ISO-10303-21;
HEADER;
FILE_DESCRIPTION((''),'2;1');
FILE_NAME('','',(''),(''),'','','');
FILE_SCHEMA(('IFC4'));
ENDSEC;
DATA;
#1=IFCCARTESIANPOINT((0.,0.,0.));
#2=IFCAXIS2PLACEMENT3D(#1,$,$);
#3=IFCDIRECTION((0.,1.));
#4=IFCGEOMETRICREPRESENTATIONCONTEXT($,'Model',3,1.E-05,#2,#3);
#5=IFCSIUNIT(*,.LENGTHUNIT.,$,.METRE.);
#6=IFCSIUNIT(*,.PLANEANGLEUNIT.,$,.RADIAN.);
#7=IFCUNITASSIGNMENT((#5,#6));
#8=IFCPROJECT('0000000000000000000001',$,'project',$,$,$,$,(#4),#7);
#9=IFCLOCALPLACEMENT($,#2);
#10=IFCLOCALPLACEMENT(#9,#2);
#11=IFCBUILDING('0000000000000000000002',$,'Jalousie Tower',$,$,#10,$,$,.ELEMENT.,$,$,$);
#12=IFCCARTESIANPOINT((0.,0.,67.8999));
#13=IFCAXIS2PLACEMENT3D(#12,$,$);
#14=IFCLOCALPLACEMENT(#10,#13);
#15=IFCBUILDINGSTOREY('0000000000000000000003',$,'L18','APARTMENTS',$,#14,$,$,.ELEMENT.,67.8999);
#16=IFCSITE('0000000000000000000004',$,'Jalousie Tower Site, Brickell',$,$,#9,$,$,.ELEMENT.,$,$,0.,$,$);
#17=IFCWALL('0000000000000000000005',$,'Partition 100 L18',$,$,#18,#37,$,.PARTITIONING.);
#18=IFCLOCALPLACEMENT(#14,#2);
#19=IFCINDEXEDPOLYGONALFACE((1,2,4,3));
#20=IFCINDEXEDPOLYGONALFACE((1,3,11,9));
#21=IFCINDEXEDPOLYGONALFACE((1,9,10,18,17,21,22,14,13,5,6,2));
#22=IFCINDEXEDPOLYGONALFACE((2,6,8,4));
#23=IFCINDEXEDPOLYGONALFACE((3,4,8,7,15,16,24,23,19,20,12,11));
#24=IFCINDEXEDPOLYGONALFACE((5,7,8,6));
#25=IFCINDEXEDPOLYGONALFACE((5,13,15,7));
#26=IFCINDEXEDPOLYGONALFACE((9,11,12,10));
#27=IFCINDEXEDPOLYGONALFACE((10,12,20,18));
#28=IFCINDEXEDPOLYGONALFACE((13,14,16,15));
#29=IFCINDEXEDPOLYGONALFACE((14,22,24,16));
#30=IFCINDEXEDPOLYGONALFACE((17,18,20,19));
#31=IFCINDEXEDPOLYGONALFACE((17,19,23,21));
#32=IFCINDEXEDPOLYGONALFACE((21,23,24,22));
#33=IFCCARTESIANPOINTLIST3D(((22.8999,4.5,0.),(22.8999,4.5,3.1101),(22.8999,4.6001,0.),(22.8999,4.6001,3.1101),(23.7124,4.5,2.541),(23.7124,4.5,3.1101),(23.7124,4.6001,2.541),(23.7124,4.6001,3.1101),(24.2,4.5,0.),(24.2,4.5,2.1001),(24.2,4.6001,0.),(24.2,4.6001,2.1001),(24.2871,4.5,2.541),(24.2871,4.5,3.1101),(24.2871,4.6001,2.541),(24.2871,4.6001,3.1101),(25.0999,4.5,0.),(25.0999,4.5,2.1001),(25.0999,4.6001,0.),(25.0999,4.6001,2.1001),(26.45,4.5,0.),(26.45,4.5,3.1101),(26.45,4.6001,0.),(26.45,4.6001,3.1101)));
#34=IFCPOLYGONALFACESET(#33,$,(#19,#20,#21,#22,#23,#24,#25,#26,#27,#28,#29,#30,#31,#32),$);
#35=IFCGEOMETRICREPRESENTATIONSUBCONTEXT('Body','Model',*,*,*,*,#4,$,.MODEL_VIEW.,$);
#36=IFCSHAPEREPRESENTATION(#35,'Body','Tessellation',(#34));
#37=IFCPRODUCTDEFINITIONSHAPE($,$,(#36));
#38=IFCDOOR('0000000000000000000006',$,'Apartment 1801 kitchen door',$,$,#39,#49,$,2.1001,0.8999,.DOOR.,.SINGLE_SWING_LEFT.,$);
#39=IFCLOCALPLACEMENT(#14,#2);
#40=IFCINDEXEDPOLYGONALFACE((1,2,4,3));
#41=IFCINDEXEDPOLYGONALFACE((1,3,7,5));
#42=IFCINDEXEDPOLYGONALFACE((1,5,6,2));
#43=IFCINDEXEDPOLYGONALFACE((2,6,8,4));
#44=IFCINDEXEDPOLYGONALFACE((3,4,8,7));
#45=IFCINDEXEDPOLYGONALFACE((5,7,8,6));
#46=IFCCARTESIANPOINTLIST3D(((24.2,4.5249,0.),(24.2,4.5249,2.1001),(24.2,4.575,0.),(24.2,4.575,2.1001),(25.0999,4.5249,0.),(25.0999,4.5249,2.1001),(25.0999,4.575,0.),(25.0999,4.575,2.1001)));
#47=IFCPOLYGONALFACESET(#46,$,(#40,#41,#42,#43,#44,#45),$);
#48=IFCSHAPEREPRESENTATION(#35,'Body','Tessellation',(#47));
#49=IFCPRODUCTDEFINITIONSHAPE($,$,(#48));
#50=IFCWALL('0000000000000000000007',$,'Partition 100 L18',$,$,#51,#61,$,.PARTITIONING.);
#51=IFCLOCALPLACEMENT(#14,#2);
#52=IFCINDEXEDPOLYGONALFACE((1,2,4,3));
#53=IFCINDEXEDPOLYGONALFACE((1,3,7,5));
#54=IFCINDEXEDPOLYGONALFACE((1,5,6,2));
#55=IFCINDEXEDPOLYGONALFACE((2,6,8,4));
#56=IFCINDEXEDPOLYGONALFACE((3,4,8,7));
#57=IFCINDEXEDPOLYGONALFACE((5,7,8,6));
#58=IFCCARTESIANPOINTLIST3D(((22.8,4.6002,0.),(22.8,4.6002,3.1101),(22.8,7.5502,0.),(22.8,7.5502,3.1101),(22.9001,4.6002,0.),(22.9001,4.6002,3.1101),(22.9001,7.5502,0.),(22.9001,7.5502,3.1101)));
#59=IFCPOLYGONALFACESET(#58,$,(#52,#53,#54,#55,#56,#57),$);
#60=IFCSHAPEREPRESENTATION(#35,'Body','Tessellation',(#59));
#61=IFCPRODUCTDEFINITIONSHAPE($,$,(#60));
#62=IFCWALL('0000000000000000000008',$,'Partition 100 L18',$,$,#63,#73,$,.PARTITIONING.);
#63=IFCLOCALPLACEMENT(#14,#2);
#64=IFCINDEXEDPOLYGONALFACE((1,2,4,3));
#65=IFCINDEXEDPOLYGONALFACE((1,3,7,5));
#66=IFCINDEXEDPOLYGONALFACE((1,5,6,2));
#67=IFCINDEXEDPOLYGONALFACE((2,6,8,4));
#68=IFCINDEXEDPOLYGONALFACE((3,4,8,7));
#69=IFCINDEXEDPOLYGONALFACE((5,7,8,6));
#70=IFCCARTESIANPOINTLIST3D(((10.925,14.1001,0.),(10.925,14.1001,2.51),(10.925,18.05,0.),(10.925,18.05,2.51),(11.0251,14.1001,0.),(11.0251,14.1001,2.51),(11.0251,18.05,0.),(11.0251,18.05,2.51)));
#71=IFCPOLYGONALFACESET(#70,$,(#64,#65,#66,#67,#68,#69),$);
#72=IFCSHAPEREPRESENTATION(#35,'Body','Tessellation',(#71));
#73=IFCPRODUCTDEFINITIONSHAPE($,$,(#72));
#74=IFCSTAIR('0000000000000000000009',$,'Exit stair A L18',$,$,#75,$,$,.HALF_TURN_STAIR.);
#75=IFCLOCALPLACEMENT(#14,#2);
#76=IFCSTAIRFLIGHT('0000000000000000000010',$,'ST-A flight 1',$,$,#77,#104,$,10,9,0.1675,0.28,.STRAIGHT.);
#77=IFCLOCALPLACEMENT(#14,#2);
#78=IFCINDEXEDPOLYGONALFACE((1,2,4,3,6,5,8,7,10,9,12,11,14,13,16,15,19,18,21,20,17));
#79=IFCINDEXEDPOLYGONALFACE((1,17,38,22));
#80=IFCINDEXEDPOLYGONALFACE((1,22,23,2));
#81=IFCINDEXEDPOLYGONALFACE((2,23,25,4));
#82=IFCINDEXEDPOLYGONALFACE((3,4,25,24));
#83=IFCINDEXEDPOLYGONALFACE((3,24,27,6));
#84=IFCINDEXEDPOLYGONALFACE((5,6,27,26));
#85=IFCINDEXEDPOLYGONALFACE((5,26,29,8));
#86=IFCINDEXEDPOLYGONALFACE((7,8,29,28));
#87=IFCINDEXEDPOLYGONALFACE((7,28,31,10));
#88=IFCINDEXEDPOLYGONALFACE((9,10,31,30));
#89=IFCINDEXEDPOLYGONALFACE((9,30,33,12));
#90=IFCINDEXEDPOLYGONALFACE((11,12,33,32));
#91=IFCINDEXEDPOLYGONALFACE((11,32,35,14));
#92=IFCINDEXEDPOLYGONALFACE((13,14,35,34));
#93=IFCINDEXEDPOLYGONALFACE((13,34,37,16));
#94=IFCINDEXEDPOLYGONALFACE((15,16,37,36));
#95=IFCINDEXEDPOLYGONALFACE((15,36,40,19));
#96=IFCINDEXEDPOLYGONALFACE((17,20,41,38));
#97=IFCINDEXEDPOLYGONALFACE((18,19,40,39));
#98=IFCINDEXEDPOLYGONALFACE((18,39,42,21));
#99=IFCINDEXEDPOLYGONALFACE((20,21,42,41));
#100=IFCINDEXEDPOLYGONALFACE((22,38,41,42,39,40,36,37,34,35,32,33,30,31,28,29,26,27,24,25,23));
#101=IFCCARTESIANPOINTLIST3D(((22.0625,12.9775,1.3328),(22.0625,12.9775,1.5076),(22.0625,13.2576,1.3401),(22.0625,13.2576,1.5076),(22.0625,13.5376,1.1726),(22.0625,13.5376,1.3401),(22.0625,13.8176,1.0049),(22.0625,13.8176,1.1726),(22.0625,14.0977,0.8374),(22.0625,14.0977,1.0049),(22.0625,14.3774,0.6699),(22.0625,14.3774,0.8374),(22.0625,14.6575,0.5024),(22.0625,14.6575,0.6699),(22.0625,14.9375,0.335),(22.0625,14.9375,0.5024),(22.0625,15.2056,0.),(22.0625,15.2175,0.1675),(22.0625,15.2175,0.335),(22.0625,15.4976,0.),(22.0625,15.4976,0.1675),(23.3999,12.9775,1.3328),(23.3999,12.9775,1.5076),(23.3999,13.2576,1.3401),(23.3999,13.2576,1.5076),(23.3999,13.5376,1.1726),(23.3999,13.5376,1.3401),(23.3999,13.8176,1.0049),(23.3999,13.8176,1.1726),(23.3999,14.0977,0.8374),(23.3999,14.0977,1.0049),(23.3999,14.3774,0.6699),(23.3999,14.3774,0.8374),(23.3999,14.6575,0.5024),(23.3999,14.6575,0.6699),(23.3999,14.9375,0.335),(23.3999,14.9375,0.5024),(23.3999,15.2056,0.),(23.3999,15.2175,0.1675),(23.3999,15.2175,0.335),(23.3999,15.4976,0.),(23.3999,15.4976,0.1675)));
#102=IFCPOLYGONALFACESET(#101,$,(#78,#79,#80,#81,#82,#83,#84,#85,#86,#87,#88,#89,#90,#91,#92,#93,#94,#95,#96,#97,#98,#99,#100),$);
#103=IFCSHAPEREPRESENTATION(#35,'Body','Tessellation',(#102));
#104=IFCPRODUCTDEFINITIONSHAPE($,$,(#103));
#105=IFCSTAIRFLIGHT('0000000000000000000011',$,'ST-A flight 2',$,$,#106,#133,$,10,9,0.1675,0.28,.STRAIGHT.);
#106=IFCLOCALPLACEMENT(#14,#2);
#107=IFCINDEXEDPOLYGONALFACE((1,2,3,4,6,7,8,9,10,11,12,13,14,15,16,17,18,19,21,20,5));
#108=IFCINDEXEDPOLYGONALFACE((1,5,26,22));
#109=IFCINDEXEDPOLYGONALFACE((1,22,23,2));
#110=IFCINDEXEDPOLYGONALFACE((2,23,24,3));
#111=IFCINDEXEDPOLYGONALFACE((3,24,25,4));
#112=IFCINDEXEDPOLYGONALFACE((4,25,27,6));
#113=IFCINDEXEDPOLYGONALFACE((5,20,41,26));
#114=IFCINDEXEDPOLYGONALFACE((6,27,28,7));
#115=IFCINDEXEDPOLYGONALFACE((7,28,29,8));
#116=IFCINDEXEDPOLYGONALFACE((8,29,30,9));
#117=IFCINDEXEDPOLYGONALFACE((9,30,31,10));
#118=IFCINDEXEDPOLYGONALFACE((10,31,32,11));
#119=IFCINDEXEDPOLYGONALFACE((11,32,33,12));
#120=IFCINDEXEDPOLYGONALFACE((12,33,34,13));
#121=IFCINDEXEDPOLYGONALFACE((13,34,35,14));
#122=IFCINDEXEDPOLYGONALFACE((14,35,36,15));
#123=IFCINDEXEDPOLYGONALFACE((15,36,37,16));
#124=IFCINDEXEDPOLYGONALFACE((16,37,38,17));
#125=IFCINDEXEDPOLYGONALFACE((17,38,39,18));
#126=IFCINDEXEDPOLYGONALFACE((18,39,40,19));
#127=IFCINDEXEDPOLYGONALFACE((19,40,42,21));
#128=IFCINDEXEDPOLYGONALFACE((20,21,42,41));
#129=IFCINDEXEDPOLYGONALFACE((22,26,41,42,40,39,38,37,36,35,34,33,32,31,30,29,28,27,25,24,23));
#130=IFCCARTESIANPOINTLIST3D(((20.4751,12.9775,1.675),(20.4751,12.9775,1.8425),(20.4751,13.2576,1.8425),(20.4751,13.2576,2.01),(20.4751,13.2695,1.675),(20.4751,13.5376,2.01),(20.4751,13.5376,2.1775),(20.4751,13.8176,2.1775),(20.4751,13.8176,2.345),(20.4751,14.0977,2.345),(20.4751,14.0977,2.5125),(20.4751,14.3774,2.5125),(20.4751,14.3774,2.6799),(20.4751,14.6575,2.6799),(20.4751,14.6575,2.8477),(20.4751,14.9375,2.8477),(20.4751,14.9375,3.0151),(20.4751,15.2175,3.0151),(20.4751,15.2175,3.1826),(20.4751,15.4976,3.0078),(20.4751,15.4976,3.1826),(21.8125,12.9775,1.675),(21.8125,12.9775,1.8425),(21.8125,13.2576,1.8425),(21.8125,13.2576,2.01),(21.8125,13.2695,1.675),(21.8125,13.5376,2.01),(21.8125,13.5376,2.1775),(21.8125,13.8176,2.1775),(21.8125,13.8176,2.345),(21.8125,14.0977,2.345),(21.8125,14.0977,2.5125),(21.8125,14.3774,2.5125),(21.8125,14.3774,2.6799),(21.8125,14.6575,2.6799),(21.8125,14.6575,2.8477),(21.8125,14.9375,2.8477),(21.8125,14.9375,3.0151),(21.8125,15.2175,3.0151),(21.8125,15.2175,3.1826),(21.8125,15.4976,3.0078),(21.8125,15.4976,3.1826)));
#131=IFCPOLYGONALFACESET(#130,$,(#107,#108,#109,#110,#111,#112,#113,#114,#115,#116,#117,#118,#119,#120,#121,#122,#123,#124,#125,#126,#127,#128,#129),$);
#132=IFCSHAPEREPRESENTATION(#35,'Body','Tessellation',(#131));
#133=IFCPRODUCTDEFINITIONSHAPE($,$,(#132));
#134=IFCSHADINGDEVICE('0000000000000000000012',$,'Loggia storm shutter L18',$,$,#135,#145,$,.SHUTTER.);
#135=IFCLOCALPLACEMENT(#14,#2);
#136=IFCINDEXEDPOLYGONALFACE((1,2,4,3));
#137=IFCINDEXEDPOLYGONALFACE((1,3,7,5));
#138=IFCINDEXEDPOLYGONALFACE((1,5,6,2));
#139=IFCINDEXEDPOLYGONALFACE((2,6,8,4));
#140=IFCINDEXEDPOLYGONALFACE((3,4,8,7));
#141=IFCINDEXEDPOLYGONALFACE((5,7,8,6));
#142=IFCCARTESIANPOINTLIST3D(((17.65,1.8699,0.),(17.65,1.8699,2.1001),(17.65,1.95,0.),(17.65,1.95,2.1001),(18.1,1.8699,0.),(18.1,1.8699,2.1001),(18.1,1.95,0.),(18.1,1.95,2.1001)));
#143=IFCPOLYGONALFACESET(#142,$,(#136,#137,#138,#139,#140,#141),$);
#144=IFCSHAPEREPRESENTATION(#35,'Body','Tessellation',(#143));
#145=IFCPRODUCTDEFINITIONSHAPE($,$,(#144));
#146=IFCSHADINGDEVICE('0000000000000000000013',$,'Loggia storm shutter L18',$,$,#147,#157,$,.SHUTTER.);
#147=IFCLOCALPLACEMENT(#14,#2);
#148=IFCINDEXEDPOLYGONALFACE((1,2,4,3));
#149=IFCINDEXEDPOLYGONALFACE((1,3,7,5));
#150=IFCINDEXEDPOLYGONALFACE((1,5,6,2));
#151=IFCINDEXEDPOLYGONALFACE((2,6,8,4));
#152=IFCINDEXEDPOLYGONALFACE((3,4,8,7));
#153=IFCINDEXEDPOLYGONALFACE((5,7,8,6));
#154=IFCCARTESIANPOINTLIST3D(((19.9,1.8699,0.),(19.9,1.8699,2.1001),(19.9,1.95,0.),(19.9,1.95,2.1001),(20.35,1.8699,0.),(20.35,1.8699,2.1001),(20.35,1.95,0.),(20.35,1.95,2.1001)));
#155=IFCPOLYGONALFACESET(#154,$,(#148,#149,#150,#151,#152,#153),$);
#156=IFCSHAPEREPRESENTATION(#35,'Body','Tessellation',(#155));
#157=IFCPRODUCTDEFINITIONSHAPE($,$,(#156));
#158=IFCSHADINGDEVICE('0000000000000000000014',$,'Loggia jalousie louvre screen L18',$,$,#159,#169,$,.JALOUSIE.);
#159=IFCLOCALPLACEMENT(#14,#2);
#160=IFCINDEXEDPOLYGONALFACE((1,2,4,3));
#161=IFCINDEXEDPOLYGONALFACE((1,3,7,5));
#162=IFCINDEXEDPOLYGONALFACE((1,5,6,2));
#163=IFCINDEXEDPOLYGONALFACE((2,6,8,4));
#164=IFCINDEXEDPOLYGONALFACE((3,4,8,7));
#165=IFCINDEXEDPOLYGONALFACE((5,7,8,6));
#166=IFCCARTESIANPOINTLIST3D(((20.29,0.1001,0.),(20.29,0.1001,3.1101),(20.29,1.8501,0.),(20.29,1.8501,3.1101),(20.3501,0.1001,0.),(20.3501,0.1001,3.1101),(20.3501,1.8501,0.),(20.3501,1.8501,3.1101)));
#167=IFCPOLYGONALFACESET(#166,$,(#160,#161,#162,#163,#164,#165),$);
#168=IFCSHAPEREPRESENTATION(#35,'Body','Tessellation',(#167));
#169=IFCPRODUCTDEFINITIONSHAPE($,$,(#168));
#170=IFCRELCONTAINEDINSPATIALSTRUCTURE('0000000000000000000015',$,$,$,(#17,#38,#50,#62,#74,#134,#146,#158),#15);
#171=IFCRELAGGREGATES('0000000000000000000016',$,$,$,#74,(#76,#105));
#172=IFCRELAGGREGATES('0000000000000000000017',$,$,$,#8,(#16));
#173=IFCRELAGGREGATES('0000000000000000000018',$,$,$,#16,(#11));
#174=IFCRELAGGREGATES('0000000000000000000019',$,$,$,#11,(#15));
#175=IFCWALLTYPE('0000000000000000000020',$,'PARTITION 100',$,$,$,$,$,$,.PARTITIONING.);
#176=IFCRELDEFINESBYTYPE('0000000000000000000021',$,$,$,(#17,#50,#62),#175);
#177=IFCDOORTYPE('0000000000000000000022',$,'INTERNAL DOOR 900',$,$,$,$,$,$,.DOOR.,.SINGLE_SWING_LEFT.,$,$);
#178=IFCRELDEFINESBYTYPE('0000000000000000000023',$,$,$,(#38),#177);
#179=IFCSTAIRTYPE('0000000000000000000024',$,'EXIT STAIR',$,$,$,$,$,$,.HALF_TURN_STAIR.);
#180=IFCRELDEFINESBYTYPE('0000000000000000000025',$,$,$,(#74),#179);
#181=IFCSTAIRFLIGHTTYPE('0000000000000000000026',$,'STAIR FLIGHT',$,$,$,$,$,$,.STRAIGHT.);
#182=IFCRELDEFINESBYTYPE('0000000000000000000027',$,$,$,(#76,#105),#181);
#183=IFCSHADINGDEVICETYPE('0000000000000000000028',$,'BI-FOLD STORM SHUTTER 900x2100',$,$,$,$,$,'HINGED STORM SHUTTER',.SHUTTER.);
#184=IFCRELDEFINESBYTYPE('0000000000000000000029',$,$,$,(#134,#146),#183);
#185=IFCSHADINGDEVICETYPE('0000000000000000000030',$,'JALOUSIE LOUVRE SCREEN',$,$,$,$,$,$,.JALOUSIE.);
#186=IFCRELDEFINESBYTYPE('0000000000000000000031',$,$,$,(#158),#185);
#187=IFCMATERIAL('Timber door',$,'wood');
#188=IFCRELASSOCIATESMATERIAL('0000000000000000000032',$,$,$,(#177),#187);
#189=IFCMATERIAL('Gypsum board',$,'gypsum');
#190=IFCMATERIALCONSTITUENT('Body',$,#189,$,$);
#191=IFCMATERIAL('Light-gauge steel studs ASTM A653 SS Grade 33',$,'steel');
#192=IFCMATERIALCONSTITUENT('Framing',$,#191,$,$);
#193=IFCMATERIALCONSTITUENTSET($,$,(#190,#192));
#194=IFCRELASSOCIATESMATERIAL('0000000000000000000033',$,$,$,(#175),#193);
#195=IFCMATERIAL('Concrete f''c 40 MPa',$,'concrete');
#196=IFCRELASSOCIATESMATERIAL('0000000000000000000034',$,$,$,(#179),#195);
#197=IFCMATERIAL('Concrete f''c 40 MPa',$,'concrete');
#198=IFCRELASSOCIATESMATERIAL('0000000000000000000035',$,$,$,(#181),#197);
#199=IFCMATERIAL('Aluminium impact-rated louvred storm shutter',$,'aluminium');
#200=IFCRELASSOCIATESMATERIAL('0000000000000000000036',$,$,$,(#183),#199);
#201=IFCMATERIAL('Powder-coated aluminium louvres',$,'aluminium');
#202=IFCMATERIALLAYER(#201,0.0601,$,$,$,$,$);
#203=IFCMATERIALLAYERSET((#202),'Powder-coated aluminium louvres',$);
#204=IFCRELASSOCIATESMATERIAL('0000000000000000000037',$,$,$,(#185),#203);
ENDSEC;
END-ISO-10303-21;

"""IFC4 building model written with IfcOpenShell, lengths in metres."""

from ifc_helpers import new_model, si_unit, direction, frame, frame_2d, origin, origin_2d, place, context, subcontext, project, spatial, polyline, rectangle, outline, extrude, material, layer, layer_set, constituent, constituent_set, type_object, element, fill, aggregate, save


model = new_model("IFC4")

# Units and contexts
model_context = context("Model", 3, precision=1e-05, world=origin(), true_north=direction((0.0, 1.0)))
body_context = subcontext(model_context, "Body", "Model", "MODEL_VIEW")
ifc_project = project(units=[si_unit("LENGTHUNIT", "METRE"), si_unit("PLANEANGLEUNIT", "RADIAN")], contexts=[model_context])

# Site, building, storey
site_placement = place(None, origin())
site = spatial("IfcSite", under=ifc_project, at=site_placement, Name="Jalousie Tower Site, Brickell", CompositionType="ELEMENT", RefElevation=0.0)
building_placement = place(site_placement, origin())
building = spatial("IfcBuilding", under=site, at=building_placement, Name="Jalousie Tower", CompositionType="ELEMENT")
storey_placement = place(building_placement, frame((0.0, 0.0, 67.8999)))
storey = spatial("IfcBuildingStorey", under=building, at=storey_placement, Name="L18", Description="APARTMENTS", CompositionType="ELEMENT", Elevation=67.8999)

# Shared definitions
ifc_material_1 = material(Name="Timber door", Category="wood")
door_type_1 = type_object("IfcDoorType", Name="INTERNAL DOOR 900", OperationType="SINGLE_SWING_LEFT", PredefinedType="DOOR", material=ifc_material_1)

# Wall, opening, door
ifc_material_2 = material(Name="Gypsum board", Category="gypsum")
ifc_constituent_1 = constituent(ifc_material_2, Name="Body")
ifc_material_3 = material(Name="Light-gauge steel studs ASTM A653 SS Grade 33", Category="steel")
ifc_constituent_2 = constituent(ifc_material_3, Name="Framing")
ifc_constituent_set_1 = constituent_set(constituents=[ifc_constituent_1, ifc_constituent_2])
wall_type_1 = type_object("IfcWallType", Name="PARTITION 100", PredefinedType="PARTITIONING", material=ifc_constituent_set_1)
wall_1_placement = place(storey_placement, frame((22.8999, 4.55, 0.0), z_axis=(0.0, 0.0, 1.0), x_axis=(1.0, 0.0, 0.0)))
wall_1 = element("IfcWall", 1, at=wall_1_placement, inside=storey, type_object=wall_type_1, Name="Partition 100 L18", PredefinedType="PARTITIONING", context=body_context, shape_type="SweptSolid", body=[
    extrude(outline(polyline([(0.0, 0.0), (3.55, 0.0), (3.55, 3.1101), (1.3872, 3.1101), (1.3872, 2.541), (0.8125, 2.541), (0.8125, 3.1101), (0.0, 3.1101), (0.0, 0.0)])), frame((0.0, 0.05, 0.0), z_axis=(0.0, -1.0, 0.0), x_axis=(1.0, 0.0, 0.0)), (0.0, 0.0, 1.0), 0.1001),
])
opening_1_placement = place(wall_1_placement, frame((1.3, 0.0, 0.0)))
opening_1 = element("IfcOpeningElement", 2, at=opening_1_placement, cuts=wall_1, PredefinedType="OPENING", context=body_context, shape_type="SweptSolid", body=[
    extrude(rectangle(XDim=0.8999, YDim=2.1001, at=frame_2d((0.45, 1.05))), frame((0.0, 0.0601, 0.0), z_axis=(0.0, -1.0, 0.0), x_axis=(1.0, 0.0, 0.0)), (0.0, 0.0, 1.0), 0.1201),
])
door_1_placement = place(opening_1_placement, origin())
door_1 = element("IfcDoor", 3, at=door_1_placement, inside=storey, type_object=door_type_1, Name="Apartment 1801 kitchen door", OperationType="SINGLE_SWING_LEFT", OverallHeight=2.1001, OverallWidth=0.8999, PredefinedType="DOOR", context=body_context, shape_type="SweptSolid", body=[
    extrude(rectangle(XDim=0.8999, YDim=2.1001, at=frame_2d((0.45, 1.05))), frame((0.0, 0.0249, 0.0), z_axis=(0.0, -1.0, 0.0), x_axis=(1.0, 0.0, 0.0)), (0.0, 0.0, 1.0), 0.05),
])
fill(opening_1, door_1)

# Walls
wall_2_placement = place(storey_placement, frame((22.8501, 4.6001, 0.0), z_axis=(0.0, 0.0, 1.0), x_axis=(0.0, 1.0, 0.0)))
element("IfcWall", 4, at=wall_2_placement, inside=storey, type_object=wall_type_1, Name="Partition 100 L18", PredefinedType="PARTITIONING", context=body_context, shape_type="SweptSolid", body=[
    extrude(rectangle(XDim=2.95, YDim=0.1001, at=frame_2d((1.4751, 0.0))), origin(), (0.0, 0.0, 1.0), 3.1101),
])
wall_3_placement = place(storey_placement, frame((10.9751, 14.1001, 0.0), z_axis=(0.0, 0.0, 1.0), x_axis=(0.0, 1.0, 0.0)))
element("IfcWall", 5, at=wall_3_placement, inside=storey, type_object=wall_type_1, Name="Partition 100 L18", PredefinedType="PARTITIONING", context=body_context, shape_type="SweptSolid", body=[
    extrude(outline(polyline([(0.0, 0.0), (3.95, 0.0), (3.95, 3.1101), (3.95, 2.51), (0.0, 2.51), (0.0, 3.1101), (0.0, 0.0)])), frame((0.0, 0.05, 0.0), z_axis=(0.0, -1.0, 0.0), x_axis=(1.0, 0.0, 0.0)), (0.0, 0.0, 1.0), 0.1001),
])

# Stair, stair flights
ifc_material_4 = material(Name="Concrete f'c 40 MPa", Category="concrete")
stair_type = type_object("IfcStairType", Name="EXIT STAIR", PredefinedType="HALF_TURN_STAIR", material=ifc_material_4)
stair_placement = place(storey_placement, origin())
stair = element("IfcStair", 6, at=stair_placement, inside=storey, type_object=stair_type, Name="Exit stair A L18", PredefinedType="HALF_TURN_STAIR")
ifc_material_5 = material(Name="Concrete f'c 40 MPa", Category="concrete")
stair_flight_type = type_object("IfcStairFlightType", Name="STAIR FLIGHT", PredefinedType="STRAIGHT", material=ifc_material_5)
stair_flight_1_placement = place(storey_placement, frame((22.7312, 15.4976, 0.0), z_axis=(0.0, 0.0, 1.0), x_axis=(0.0, -1.0, 0.0)))
stair_flight_1 = element("IfcStairFlight", 7, at=stair_flight_1_placement, type_object=stair_flight_type, Name="ST-A flight 1", NumberOfRisers=10, NumberOfTreads=9, PredefinedType="STRAIGHT", RiserHeight=0.1675, TreadLength=0.28, context=body_context, shape_type="SweptSolid", body=[
    extrude(outline(polyline([(0.0, 0.0), (0.0, 0.1675), (0.28, 0.1675), (0.28, 0.335), (0.5601, 0.335), (0.5601, 0.5024), (0.8401, 0.5024), (0.8401, 0.6699), (1.1201, 0.6699), (1.1201, 0.8374), (1.3999, 0.8374), (1.3999, 1.0049), (1.6799, 1.0049), (1.6799, 1.1726), (1.96, 1.1726), (1.96, 1.3401), (2.24, 1.3401), (2.24, 1.5076), (2.52, 1.5076), (2.52, 1.675), (2.52, 1.3328), (0.292, 0.0), (0.0, 0.0)])), frame((0.0, 0.6687, 0.0), z_axis=(0.0, -1.0, 0.0), x_axis=(1.0, 0.0, 0.0)), (0.0, 0.0, 1.0), 1.3374),
])
stair_flight_2_placement = place(storey_placement, frame((21.1438, 12.9775, 1.675), z_axis=(0.0, 0.0, 1.0), x_axis=(0.0, 1.0, 0.0)))
stair_flight_2 = element("IfcStairFlight", 8, at=stair_flight_2_placement, type_object=stair_flight_type, Name="ST-A flight 2", NumberOfRisers=10, NumberOfTreads=9, PredefinedType="STRAIGHT", RiserHeight=0.1675, TreadLength=0.28, context=body_context, shape_type="SweptSolid", body=[
    extrude(outline(polyline([(0.0, 0.0), (0.0, 0.1675), (0.28, 0.1675), (0.28, 0.335), (0.5601, 0.335), (0.5601, 0.5024), (0.8401, 0.5024), (0.8401, 0.6699), (1.1201, 0.6699), (1.1201, 0.8374), (1.3999, 0.8374), (1.3999, 1.0049), (1.6799, 1.0049), (1.6799, 1.1726), (1.96, 1.1726), (1.96, 1.3401), (2.24, 1.3401), (2.24, 1.5076), (2.52, 1.5076), (2.52, 1.675), (2.52, 1.3328), (0.292, 0.0), (0.0, 0.0)])), frame((0.0, 0.6687, 0.0), z_axis=(0.0, -1.0, 0.0), x_axis=(1.0, 0.0, 0.0)), (0.0, 0.0, 1.0), 1.3374),
])
aggregate(stair, [stair_flight_1, stair_flight_2])

# Shading devices
ifc_material_6 = material(Name="Aluminium impact-rated louvred storm shutter", Category="aluminium")
shading_device_type_1 = type_object("IfcShadingDeviceType", Name="BI-FOLD STORM SHUTTER 900x2100", ElementType="HINGED STORM SHUTTER", PredefinedType="SHUTTER", material=ifc_material_6)
for number, where, z_axis, x_axis, name in (
    (9, (17.875, 1.9099, 0.0), (0.0, 0.0, 1.0), (1.0, 0.0, 0.0), "Loggia storm shutter L18"),
    (10, (20.125, 1.9099, 0.0), (0.0, 0.0, 1.0), (1.0, 0.0, 0.0), "Loggia storm shutter L18"),
):
    element("IfcShadingDevice", number, at=place(storey_placement, frame(where, z_axis=z_axis, x_axis=x_axis)), inside=storey, type_object=shading_device_type_1, Name=name, PredefinedType="SHUTTER", context=body_context, shape_type="SweptSolid", body=[
        extrude(rectangle(XDim=0.45, YDim=0.0801, at=origin_2d()), origin(), (0.0, 0.0, 1.0), 2.1001),
    ])
ifc_material_7 = material(Name="Powder-coated aluminium louvres", Category="aluminium")
ifc_layer_1 = layer(ifc_material_7, 0.0601)
ifc_layer_set_1 = layer_set([ifc_layer_1], Name="Powder-coated aluminium louvres")
shading_device_type_2 = type_object("IfcShadingDeviceType", Name="JALOUSIE LOUVRE SCREEN", PredefinedType="JALOUSIE", material=ifc_layer_set_1)
shading_device_placement = place(storey_placement, frame((20.3201, 0.9751, 0.0), z_axis=(0.0, 0.0, 1.0), x_axis=(1.0, 0.0, 0.0)))
element("IfcShadingDevice", 11, at=shading_device_placement, inside=storey, type_object=shading_device_type_2, Name="Loggia jalousie louvre screen L18", PredefinedType="JALOUSIE", context=body_context, shape_type="SweptSolid", body=[
    extrude(rectangle(XDim=0.0601, YDim=1.75, at=origin_2d()), origin(), (0.0, 0.0, 1.0), 3.1101),
])

save(model, "model.ifc")
